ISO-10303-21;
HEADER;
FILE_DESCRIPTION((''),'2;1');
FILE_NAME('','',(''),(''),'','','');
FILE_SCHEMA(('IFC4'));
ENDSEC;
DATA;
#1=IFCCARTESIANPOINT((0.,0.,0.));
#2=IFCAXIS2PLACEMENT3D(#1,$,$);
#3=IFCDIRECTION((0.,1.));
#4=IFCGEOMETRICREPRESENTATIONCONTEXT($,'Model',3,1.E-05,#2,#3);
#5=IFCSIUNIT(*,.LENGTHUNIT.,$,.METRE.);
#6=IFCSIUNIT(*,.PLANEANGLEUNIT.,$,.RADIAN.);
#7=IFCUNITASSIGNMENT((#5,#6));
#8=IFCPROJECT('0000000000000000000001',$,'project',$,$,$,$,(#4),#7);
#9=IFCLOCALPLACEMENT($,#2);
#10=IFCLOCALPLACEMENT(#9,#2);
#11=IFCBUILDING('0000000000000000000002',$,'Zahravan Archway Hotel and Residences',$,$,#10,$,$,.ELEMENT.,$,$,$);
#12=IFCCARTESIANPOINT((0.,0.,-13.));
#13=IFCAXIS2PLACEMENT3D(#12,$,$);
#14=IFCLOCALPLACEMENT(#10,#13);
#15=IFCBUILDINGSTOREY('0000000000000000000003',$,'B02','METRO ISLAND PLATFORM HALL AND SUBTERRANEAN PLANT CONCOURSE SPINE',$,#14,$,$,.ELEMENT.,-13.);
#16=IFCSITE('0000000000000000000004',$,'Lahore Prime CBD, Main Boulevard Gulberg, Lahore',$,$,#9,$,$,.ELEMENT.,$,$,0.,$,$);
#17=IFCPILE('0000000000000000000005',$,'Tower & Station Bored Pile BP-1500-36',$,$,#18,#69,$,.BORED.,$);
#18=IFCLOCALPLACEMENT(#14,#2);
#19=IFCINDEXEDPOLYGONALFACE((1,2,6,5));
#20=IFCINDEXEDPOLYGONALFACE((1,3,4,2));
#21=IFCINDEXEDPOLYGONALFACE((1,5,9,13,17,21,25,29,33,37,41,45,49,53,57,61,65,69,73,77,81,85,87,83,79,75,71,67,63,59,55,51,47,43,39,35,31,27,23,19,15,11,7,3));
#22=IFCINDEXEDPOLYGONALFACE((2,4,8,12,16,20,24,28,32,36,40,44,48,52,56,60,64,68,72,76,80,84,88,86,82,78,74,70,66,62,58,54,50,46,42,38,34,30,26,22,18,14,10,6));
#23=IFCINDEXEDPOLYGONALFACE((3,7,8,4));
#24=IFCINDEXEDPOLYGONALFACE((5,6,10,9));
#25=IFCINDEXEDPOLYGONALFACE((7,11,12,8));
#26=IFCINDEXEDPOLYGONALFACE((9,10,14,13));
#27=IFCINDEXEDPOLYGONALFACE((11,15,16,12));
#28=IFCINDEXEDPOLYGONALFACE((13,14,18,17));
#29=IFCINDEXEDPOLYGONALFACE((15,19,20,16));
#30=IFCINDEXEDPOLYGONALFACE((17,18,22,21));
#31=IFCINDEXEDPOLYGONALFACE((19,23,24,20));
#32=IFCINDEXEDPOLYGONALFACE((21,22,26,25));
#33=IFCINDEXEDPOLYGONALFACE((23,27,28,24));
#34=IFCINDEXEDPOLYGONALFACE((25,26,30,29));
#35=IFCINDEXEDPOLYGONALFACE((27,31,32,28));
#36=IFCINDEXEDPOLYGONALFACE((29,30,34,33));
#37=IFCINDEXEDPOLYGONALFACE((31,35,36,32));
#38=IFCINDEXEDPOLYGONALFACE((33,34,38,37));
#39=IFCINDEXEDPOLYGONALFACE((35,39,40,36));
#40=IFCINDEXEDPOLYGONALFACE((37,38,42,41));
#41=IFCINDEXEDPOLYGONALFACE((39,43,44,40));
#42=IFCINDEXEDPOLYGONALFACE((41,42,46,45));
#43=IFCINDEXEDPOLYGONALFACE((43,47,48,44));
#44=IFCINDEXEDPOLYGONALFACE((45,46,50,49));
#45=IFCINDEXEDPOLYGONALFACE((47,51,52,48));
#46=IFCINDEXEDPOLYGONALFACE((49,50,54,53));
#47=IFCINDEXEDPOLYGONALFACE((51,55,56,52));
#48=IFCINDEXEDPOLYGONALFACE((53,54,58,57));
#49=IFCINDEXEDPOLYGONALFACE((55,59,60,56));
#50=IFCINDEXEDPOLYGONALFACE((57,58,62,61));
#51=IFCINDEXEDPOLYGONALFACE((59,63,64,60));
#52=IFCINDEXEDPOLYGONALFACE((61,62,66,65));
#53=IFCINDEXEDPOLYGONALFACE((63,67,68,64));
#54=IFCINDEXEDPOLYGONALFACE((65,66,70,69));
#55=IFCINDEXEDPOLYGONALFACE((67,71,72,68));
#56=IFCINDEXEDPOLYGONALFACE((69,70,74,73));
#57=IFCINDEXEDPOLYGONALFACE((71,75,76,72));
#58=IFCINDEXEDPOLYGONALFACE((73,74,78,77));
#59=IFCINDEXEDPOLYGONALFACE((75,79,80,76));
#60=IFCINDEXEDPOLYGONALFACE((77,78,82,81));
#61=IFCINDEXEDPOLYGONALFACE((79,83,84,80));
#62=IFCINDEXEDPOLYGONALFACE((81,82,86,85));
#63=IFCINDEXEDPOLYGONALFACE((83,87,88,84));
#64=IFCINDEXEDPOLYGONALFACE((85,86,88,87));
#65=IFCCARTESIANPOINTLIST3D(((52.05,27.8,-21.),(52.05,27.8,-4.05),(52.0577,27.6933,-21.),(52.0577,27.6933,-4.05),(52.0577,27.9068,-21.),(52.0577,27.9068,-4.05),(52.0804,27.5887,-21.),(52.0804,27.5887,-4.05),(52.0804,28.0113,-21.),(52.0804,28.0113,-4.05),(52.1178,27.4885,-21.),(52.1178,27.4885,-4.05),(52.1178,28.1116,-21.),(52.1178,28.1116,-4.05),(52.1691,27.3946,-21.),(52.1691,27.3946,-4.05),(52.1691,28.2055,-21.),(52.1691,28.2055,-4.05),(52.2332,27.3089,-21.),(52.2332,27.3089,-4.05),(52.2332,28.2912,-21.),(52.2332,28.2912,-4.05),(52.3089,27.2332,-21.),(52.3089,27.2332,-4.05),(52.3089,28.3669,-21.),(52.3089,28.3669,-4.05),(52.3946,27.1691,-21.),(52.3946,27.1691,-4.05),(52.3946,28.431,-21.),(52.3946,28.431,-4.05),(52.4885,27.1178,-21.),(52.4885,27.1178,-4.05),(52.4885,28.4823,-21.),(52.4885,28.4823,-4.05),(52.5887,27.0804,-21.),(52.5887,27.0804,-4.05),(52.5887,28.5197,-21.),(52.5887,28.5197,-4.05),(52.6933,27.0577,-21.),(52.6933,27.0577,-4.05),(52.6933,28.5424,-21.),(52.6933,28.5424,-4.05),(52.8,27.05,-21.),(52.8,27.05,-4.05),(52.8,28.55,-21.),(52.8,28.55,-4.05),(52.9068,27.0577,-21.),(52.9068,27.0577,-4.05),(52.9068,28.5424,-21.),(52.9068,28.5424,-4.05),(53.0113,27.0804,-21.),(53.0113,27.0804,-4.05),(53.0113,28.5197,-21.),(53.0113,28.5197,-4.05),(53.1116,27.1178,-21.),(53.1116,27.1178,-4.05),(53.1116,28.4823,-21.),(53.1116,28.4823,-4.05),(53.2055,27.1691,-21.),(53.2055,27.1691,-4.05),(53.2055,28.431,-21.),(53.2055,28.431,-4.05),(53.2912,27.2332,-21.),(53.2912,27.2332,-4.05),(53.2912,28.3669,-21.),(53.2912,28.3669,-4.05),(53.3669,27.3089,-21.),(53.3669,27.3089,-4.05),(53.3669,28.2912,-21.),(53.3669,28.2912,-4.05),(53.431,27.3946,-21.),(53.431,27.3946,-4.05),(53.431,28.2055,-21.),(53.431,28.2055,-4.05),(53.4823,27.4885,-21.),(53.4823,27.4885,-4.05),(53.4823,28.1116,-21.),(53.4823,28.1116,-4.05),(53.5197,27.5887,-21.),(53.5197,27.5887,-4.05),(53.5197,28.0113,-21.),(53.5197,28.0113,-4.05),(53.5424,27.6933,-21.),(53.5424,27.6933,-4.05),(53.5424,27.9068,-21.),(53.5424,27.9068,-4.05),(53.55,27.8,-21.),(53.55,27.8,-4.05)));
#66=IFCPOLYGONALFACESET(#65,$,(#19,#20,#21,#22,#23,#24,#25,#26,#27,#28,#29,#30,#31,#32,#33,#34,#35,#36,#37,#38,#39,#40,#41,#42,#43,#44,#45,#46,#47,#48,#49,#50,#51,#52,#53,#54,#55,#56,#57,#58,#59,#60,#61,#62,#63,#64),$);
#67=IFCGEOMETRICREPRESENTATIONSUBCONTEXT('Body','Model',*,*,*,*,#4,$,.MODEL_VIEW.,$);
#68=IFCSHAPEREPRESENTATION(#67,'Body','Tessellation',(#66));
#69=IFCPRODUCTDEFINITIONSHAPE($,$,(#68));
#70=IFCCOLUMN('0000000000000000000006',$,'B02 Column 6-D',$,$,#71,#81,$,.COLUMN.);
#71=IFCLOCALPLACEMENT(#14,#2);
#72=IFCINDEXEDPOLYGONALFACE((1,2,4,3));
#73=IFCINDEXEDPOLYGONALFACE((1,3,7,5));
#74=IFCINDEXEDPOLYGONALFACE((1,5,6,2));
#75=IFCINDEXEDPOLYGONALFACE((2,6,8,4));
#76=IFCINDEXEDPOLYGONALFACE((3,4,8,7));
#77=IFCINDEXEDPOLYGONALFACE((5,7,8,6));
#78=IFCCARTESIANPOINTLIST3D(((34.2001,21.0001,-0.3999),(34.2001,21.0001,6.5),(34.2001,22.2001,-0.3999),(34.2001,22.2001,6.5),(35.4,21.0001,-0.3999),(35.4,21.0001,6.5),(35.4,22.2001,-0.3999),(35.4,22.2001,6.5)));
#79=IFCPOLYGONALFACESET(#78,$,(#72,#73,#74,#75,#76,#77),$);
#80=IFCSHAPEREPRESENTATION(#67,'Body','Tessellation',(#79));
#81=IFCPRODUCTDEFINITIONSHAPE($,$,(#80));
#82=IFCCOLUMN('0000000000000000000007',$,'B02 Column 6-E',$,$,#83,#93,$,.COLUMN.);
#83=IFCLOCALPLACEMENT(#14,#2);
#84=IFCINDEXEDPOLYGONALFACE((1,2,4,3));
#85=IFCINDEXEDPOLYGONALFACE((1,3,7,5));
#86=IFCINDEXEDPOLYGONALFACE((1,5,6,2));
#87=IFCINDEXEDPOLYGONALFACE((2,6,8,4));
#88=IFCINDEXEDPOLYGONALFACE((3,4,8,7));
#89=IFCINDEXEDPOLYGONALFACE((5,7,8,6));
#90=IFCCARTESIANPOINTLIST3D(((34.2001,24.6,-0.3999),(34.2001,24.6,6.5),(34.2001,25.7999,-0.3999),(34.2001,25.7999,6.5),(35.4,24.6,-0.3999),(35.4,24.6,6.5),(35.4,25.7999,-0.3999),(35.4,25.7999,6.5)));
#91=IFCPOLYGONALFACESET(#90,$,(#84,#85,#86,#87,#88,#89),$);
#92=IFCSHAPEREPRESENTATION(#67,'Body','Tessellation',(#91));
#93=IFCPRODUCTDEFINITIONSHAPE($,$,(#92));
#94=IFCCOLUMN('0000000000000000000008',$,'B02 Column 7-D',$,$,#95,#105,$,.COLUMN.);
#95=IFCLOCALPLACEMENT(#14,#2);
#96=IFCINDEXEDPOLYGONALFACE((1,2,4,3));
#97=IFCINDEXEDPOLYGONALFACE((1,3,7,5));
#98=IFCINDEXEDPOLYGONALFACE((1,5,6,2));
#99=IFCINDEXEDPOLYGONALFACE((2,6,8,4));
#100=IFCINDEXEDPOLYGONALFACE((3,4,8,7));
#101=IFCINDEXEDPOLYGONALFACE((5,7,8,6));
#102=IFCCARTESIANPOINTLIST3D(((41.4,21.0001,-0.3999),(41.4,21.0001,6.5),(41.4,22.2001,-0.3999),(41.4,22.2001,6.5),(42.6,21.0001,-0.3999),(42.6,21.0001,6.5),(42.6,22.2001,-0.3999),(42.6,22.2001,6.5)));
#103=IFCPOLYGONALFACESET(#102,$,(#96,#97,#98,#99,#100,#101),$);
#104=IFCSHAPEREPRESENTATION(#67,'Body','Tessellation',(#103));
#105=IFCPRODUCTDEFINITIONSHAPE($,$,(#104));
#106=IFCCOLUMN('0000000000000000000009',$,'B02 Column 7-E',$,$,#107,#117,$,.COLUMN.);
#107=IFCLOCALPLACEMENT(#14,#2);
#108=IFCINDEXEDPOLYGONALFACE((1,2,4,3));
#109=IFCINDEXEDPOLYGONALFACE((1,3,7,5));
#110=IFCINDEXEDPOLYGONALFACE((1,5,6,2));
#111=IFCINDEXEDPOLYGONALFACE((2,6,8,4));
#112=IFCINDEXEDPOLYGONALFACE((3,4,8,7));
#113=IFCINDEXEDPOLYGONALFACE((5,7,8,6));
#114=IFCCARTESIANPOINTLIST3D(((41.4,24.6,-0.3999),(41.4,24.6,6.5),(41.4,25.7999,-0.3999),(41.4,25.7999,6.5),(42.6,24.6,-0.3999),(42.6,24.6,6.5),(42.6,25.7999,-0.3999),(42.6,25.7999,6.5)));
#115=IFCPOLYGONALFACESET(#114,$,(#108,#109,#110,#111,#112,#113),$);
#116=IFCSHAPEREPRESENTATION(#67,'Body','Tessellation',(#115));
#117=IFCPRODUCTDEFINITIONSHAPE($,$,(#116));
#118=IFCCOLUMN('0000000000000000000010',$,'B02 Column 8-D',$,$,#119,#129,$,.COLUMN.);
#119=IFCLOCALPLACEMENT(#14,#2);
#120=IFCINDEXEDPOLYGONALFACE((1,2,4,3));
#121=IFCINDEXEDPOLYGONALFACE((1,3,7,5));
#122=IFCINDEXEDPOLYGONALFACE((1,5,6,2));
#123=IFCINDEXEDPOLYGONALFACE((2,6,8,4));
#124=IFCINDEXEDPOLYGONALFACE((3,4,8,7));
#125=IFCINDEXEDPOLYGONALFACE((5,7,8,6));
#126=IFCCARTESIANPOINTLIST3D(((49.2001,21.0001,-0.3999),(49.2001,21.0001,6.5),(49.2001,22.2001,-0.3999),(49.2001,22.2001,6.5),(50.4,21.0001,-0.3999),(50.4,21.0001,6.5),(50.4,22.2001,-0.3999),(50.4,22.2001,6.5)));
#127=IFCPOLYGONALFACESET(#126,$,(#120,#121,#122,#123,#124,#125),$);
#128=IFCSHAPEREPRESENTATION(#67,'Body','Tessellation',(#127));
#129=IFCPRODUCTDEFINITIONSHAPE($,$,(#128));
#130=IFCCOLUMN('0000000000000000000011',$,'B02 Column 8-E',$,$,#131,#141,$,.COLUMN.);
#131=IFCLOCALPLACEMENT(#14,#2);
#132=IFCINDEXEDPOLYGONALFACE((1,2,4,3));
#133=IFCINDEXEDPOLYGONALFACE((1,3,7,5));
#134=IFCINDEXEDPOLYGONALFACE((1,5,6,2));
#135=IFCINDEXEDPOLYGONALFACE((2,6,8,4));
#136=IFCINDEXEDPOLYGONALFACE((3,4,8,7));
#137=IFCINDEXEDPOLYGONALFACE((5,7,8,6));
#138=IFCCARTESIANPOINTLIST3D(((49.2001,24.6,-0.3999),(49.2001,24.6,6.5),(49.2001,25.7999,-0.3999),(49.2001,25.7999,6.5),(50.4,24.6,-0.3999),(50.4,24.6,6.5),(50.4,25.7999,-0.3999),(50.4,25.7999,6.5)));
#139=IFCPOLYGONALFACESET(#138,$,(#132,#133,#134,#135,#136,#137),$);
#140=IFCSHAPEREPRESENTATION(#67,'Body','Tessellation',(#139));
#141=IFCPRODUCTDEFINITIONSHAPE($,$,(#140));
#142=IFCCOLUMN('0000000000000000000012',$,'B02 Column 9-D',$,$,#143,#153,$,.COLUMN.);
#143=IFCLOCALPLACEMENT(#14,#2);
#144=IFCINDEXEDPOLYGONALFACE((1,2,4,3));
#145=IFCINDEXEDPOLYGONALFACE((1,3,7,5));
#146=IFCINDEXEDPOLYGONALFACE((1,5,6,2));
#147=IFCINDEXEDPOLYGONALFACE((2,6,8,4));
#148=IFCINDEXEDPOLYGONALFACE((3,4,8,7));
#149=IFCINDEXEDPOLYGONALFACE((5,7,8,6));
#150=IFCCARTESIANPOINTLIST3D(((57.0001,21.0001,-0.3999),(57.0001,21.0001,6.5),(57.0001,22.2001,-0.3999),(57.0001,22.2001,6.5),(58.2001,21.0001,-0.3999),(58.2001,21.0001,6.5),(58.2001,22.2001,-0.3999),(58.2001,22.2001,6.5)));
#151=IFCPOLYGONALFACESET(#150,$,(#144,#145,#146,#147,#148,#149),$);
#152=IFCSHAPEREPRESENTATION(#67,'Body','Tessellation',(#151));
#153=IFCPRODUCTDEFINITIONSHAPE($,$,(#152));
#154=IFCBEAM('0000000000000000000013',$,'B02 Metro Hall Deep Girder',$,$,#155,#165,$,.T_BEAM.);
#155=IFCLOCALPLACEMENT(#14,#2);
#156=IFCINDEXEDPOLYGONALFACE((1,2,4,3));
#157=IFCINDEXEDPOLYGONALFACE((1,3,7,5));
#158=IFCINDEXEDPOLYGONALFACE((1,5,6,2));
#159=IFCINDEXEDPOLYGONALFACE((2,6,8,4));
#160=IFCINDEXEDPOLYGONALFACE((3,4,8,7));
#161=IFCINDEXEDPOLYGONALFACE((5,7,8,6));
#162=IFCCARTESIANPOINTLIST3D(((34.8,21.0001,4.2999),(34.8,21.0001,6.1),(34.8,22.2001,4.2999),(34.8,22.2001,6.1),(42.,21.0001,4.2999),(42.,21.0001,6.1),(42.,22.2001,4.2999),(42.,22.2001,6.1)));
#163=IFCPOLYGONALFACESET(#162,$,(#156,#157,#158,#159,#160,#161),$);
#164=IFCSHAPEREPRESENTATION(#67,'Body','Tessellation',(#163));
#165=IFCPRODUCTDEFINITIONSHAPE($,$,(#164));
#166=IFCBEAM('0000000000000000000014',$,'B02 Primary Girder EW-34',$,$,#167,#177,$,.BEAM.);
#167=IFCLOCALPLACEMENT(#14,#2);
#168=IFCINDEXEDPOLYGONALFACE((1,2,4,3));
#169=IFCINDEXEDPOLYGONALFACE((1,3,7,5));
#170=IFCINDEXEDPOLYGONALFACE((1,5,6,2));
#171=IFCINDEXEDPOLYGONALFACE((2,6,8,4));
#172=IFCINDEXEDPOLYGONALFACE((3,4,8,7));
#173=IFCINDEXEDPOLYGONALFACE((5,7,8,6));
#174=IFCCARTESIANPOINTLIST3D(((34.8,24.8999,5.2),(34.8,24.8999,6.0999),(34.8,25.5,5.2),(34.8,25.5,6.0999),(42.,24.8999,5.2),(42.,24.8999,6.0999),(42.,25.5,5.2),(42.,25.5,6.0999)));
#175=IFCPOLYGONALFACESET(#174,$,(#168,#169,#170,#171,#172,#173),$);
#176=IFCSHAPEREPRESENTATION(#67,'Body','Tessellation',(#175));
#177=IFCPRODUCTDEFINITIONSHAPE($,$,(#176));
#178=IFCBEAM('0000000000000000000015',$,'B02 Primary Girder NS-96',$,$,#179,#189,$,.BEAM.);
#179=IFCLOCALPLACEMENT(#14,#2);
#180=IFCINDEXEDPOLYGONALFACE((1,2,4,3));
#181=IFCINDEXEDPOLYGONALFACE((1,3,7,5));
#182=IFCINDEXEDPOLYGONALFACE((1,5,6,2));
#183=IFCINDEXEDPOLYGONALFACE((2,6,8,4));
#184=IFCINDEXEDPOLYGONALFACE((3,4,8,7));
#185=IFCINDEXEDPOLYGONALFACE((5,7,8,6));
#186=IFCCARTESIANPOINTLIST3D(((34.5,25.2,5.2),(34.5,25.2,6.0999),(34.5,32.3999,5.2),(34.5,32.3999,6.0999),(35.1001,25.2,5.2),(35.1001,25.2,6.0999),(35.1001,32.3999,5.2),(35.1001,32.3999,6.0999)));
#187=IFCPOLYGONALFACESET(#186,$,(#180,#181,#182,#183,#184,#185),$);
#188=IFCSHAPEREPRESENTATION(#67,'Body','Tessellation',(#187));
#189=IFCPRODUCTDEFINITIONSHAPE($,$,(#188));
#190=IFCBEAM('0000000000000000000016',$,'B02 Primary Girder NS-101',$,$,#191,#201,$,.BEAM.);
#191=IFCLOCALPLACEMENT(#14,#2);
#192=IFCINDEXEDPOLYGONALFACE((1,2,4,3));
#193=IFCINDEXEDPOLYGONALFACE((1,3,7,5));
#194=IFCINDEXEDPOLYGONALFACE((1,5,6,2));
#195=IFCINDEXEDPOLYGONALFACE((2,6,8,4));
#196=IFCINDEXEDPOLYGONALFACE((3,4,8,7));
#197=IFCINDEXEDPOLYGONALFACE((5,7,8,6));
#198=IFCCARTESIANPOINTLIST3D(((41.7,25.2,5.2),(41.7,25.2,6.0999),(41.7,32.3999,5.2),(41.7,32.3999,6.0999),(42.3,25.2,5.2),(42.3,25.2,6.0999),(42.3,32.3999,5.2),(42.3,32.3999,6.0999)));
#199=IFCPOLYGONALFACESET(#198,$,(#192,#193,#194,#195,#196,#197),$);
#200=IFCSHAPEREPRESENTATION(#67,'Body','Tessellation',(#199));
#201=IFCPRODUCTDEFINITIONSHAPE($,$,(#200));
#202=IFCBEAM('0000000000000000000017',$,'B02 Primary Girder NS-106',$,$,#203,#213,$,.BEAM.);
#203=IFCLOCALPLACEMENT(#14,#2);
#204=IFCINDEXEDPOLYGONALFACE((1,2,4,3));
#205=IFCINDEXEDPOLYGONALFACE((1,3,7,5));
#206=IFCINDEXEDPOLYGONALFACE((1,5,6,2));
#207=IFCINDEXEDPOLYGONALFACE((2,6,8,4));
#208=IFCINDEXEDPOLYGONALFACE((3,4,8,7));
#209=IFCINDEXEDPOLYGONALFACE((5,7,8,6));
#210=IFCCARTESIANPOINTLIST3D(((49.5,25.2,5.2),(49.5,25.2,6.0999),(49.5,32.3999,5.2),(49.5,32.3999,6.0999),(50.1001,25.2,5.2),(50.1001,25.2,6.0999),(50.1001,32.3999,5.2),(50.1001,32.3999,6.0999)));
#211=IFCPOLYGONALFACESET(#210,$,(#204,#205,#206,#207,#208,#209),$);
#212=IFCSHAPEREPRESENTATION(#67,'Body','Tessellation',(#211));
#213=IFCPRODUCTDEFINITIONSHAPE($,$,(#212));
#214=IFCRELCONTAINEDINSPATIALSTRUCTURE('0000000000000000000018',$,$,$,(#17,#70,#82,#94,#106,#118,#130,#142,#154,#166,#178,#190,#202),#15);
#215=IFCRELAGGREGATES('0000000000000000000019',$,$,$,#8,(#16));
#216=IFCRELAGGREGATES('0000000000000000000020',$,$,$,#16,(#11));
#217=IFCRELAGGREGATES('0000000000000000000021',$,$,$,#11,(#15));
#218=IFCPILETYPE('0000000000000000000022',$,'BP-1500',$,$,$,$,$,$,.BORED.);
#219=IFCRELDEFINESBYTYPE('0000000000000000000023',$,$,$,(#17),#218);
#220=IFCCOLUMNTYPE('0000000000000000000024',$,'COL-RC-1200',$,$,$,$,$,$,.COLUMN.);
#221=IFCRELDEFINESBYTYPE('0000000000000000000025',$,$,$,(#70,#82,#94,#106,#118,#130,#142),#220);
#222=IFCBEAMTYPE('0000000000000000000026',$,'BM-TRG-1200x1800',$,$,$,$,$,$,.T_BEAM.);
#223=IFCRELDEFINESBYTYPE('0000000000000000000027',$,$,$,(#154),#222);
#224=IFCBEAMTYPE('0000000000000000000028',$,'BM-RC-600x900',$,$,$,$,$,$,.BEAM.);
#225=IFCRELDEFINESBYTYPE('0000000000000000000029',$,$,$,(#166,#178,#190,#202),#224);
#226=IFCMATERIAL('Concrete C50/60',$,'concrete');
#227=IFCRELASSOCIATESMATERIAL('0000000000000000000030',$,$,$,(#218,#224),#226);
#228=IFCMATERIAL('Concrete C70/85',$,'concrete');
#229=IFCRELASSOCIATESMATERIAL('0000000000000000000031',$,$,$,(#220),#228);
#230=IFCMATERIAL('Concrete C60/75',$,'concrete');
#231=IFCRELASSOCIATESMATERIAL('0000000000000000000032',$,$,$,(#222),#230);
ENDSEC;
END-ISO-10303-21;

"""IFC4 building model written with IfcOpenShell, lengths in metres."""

from ifc_helpers import new_model, si_unit, direction, frame, origin, origin_2d, place, context, subcontext, project, spatial, rectangle, circle, extrude, source, transform, mapped, material, material_profile, profile_set, type_object, type_shapes, element, save


model = new_model("IFC4")

# Units and contexts
model_context = context("Model", 3, precision=1e-05, world=origin(), true_north=direction((0.0, 1.0)))
body_context = subcontext(model_context, "Body", "Model", "MODEL_VIEW")
ifc_project = project(units=[si_unit("LENGTHUNIT", "METRE"), si_unit("PLANEANGLEUNIT", "RADIAN")], contexts=[model_context])

# Site, building, storey
site_placement = place(None, origin())
site = spatial("IfcSite", under=ifc_project, at=site_placement, Name="Lahore Prime CBD, Main Boulevard Gulberg, Lahore", CompositionType="ELEMENT", RefElevation=0.0)
building_placement = place(site_placement, origin())
building = spatial("IfcBuilding", under=site, at=building_placement, Name="Zahravan Archway Hotel and Residences", CompositionType="ELEMENT")
storey_placement = place(building_placement, frame((0.0, 0.0, -13.0)))
storey = spatial("IfcBuildingStorey", under=building, at=storey_placement, Name="B02", Description="METRO ISLAND PLATFORM HALL AND SUBTERRANEAN PLANT CONCOURSE SPINE", CompositionType="ELEMENT", Elevation=-13.0)

# Pile
ifc_material_1 = material(Name="Concrete C50/60", Category="concrete")
ifc_material_profile_1 = material_profile(ifc_material_1, circle(Radius=0.75, at=origin_2d()), Name="PILE D1500", Category="concrete")
ifc_profile_set_1 = profile_set([ifc_material_profile_1], Name="Concrete C50/60")
pile_type = type_object("IfcPileType", Name="BP-1500", PredefinedType="BORED", material=ifc_profile_set_1)
shared_shape_1 = source(origin(), body_context, "Body", "SweptSolid", [
    extrude(circle(Radius=0.75, at=origin_2d()), origin(), (0.0, 0.0, 1.0), 16.95),
])
type_shapes(pile_type, [shared_shape_1])
for number, where, z_axis, x_axis, name in (
    (1, (52.8, 27.8, -4.05), (0.0, 0.0, -1.0), (1.0, 0.0, 0.0), "Tower & Station Bored Pile BP-1500-36"),
):
    element("IfcPile", number, at=place(storey_placement, frame(where, z_axis=z_axis, x_axis=x_axis)), inside=storey, type_object=pile_type, Name=name, PredefinedType="BORED", context=body_context, shape_type="MappedRepresentation", body=[
        mapped(shared_shape_1, transform((0.0, 0.0, 0.0), scale=1.0)),
    ])

# Columns
ifc_material_2 = material(Name="Concrete C70/85", Category="concrete")
ifc_material_profile_2 = material_profile(ifc_material_2, rectangle(XDim=1.2, YDim=1.2, at=origin_2d()), Name="RC-COL-1200x1200", Category="concrete")
ifc_profile_set_2 = profile_set([ifc_material_profile_2], Name="Concrete C70/85")
column_type = type_object("IfcColumnType", Name="COL-RC-1200", PredefinedType="COLUMN", material=ifc_profile_set_2)
shared_shape_2 = source(origin(), body_context, "Body", "SweptSolid", [
    extrude(rectangle(XDim=1.2, YDim=1.2, at=origin_2d()), origin(), (0.0, 0.0, 1.0), 6.8999),
])
type_shapes(column_type, [shared_shape_2])
for number, where, z_axis, x_axis, name in (
    (2, (34.8, 21.6001, -0.3999), (0.0, 0.0, 1.0), (1.0, 0.0, 0.0), "B02 Column 6-D"),
    (3, (34.8, 25.2, -0.3999), (0.0, 0.0, 1.0), (1.0, 0.0, 0.0), "B02 Column 6-E"),
    (4, (42.0, 21.6001, -0.3999), (0.0, 0.0, 1.0), (1.0, 0.0, 0.0), "B02 Column 7-D"),
    (5, (42.0, 25.2, -0.3999), (0.0, 0.0, 1.0), (1.0, 0.0, 0.0), "B02 Column 7-E"),
    (6, (49.8, 21.6001, -0.3999), (0.0, 0.0, 1.0), (1.0, 0.0, 0.0), "B02 Column 8-D"),
    (7, (49.8, 25.2, -0.3999), (0.0, 0.0, 1.0), (1.0, 0.0, 0.0), "B02 Column 8-E"),
    (8, (57.6001, 21.6001, -0.3999), (0.0, 0.0, 1.0), (1.0, 0.0, 0.0), "B02 Column 9-D"),
):
    element("IfcColumn", number, at=place(storey_placement, frame(where, z_axis=z_axis, x_axis=x_axis)), inside=storey, type_object=column_type, Name=name, PredefinedType="COLUMN", context=body_context, shape_type="MappedRepresentation", body=[
        mapped(shared_shape_2, transform((0.0, 0.0, 0.0), scale=1.0)),
    ])

# Beams
ifc_material_3 = material(Name="Concrete C60/75", Category="concrete")
ifc_material_profile_3 = material_profile(ifc_material_3, rectangle(XDim=1.2, YDim=1.8, at=origin_2d()), Name="RC 1200x1800", Category="concrete")
ifc_profile_set_3 = profile_set([ifc_material_profile_3], Name="Concrete C60/75")
beam_type_1 = type_object("IfcBeamType", Name="BM-TRG-1200x1800", PredefinedType="T_BEAM", material=ifc_profile_set_3)
shared_shape_3 = source(origin(), body_context, "Body", "SweptSolid", [
    extrude(rectangle(XDim=1.2, YDim=1.8, at=origin_2d()), origin(), (0.0, 0.0, 1.0), 7.2),
])
type_shapes(beam_type_1, [shared_shape_3])
beam_1_placement = place(storey_placement, frame((34.8, 21.6001, 5.2), z_axis=(1.0, 0.0, 0.0), x_axis=(0.0, 1.0, 0.0)))
element("IfcBeam", 9, at=beam_1_placement, inside=storey, type_object=beam_type_1, Name="B02 Metro Hall Deep Girder", PredefinedType="T_BEAM", context=body_context, shape_type="MappedRepresentation", body=[
    mapped(shared_shape_3, transform((0.0, 0.0, 0.0), scale=1.0)),
])
ifc_material_profile_4 = material_profile(ifc_material_1, rectangle(XDim=0.6001, YDim=0.8999, at=origin_2d()), Name="RC-BM-600x900", Category="concrete")
ifc_profile_set_4 = profile_set([ifc_material_profile_4], Name="Concrete C50/60")
beam_type_2 = type_object("IfcBeamType", Name="BM-RC-600x900", PredefinedType="BEAM", material=ifc_profile_set_4)
shared_shape_4 = source(origin(), body_context, "Body", "SweptSolid", [
    extrude(rectangle(XDim=0.6001, YDim=0.8999, at=origin_2d()), origin(), (0.0, 0.0, 1.0), 7.2),
])
for number, where, z_axis, x_axis, name in (
    (10, (34.8, 25.2, 5.6499), (1.0, 0.0, 0.0), (0.0, 1.0, 0.0), "B02 Primary Girder EW-34"),
    (11, (34.8, 25.2, 5.6499), (0.0, 1.0, 0.0), (-1.0, 0.0, 0.0), "B02 Primary Girder NS-96"),
    (12, (42.0, 25.2, 5.6499), (0.0, 1.0, 0.0), (-1.0, 0.0, 0.0), "B02 Primary Girder NS-101"),
    (13, (49.8, 25.2, 5.6499), (0.0, 1.0, 0.0), (-1.0, 0.0, 0.0), "B02 Primary Girder NS-106"),
):
    element("IfcBeam", number, at=place(storey_placement, frame(where, z_axis=z_axis, x_axis=x_axis)), inside=storey, type_object=beam_type_2, Name=name, PredefinedType="BEAM", context=body_context, shape_type="MappedRepresentation", body=[
        mapped(shared_shape_4, transform((0.0, 0.0, 0.0), scale=1.0)),
    ])

save(model, "model.ifc")
